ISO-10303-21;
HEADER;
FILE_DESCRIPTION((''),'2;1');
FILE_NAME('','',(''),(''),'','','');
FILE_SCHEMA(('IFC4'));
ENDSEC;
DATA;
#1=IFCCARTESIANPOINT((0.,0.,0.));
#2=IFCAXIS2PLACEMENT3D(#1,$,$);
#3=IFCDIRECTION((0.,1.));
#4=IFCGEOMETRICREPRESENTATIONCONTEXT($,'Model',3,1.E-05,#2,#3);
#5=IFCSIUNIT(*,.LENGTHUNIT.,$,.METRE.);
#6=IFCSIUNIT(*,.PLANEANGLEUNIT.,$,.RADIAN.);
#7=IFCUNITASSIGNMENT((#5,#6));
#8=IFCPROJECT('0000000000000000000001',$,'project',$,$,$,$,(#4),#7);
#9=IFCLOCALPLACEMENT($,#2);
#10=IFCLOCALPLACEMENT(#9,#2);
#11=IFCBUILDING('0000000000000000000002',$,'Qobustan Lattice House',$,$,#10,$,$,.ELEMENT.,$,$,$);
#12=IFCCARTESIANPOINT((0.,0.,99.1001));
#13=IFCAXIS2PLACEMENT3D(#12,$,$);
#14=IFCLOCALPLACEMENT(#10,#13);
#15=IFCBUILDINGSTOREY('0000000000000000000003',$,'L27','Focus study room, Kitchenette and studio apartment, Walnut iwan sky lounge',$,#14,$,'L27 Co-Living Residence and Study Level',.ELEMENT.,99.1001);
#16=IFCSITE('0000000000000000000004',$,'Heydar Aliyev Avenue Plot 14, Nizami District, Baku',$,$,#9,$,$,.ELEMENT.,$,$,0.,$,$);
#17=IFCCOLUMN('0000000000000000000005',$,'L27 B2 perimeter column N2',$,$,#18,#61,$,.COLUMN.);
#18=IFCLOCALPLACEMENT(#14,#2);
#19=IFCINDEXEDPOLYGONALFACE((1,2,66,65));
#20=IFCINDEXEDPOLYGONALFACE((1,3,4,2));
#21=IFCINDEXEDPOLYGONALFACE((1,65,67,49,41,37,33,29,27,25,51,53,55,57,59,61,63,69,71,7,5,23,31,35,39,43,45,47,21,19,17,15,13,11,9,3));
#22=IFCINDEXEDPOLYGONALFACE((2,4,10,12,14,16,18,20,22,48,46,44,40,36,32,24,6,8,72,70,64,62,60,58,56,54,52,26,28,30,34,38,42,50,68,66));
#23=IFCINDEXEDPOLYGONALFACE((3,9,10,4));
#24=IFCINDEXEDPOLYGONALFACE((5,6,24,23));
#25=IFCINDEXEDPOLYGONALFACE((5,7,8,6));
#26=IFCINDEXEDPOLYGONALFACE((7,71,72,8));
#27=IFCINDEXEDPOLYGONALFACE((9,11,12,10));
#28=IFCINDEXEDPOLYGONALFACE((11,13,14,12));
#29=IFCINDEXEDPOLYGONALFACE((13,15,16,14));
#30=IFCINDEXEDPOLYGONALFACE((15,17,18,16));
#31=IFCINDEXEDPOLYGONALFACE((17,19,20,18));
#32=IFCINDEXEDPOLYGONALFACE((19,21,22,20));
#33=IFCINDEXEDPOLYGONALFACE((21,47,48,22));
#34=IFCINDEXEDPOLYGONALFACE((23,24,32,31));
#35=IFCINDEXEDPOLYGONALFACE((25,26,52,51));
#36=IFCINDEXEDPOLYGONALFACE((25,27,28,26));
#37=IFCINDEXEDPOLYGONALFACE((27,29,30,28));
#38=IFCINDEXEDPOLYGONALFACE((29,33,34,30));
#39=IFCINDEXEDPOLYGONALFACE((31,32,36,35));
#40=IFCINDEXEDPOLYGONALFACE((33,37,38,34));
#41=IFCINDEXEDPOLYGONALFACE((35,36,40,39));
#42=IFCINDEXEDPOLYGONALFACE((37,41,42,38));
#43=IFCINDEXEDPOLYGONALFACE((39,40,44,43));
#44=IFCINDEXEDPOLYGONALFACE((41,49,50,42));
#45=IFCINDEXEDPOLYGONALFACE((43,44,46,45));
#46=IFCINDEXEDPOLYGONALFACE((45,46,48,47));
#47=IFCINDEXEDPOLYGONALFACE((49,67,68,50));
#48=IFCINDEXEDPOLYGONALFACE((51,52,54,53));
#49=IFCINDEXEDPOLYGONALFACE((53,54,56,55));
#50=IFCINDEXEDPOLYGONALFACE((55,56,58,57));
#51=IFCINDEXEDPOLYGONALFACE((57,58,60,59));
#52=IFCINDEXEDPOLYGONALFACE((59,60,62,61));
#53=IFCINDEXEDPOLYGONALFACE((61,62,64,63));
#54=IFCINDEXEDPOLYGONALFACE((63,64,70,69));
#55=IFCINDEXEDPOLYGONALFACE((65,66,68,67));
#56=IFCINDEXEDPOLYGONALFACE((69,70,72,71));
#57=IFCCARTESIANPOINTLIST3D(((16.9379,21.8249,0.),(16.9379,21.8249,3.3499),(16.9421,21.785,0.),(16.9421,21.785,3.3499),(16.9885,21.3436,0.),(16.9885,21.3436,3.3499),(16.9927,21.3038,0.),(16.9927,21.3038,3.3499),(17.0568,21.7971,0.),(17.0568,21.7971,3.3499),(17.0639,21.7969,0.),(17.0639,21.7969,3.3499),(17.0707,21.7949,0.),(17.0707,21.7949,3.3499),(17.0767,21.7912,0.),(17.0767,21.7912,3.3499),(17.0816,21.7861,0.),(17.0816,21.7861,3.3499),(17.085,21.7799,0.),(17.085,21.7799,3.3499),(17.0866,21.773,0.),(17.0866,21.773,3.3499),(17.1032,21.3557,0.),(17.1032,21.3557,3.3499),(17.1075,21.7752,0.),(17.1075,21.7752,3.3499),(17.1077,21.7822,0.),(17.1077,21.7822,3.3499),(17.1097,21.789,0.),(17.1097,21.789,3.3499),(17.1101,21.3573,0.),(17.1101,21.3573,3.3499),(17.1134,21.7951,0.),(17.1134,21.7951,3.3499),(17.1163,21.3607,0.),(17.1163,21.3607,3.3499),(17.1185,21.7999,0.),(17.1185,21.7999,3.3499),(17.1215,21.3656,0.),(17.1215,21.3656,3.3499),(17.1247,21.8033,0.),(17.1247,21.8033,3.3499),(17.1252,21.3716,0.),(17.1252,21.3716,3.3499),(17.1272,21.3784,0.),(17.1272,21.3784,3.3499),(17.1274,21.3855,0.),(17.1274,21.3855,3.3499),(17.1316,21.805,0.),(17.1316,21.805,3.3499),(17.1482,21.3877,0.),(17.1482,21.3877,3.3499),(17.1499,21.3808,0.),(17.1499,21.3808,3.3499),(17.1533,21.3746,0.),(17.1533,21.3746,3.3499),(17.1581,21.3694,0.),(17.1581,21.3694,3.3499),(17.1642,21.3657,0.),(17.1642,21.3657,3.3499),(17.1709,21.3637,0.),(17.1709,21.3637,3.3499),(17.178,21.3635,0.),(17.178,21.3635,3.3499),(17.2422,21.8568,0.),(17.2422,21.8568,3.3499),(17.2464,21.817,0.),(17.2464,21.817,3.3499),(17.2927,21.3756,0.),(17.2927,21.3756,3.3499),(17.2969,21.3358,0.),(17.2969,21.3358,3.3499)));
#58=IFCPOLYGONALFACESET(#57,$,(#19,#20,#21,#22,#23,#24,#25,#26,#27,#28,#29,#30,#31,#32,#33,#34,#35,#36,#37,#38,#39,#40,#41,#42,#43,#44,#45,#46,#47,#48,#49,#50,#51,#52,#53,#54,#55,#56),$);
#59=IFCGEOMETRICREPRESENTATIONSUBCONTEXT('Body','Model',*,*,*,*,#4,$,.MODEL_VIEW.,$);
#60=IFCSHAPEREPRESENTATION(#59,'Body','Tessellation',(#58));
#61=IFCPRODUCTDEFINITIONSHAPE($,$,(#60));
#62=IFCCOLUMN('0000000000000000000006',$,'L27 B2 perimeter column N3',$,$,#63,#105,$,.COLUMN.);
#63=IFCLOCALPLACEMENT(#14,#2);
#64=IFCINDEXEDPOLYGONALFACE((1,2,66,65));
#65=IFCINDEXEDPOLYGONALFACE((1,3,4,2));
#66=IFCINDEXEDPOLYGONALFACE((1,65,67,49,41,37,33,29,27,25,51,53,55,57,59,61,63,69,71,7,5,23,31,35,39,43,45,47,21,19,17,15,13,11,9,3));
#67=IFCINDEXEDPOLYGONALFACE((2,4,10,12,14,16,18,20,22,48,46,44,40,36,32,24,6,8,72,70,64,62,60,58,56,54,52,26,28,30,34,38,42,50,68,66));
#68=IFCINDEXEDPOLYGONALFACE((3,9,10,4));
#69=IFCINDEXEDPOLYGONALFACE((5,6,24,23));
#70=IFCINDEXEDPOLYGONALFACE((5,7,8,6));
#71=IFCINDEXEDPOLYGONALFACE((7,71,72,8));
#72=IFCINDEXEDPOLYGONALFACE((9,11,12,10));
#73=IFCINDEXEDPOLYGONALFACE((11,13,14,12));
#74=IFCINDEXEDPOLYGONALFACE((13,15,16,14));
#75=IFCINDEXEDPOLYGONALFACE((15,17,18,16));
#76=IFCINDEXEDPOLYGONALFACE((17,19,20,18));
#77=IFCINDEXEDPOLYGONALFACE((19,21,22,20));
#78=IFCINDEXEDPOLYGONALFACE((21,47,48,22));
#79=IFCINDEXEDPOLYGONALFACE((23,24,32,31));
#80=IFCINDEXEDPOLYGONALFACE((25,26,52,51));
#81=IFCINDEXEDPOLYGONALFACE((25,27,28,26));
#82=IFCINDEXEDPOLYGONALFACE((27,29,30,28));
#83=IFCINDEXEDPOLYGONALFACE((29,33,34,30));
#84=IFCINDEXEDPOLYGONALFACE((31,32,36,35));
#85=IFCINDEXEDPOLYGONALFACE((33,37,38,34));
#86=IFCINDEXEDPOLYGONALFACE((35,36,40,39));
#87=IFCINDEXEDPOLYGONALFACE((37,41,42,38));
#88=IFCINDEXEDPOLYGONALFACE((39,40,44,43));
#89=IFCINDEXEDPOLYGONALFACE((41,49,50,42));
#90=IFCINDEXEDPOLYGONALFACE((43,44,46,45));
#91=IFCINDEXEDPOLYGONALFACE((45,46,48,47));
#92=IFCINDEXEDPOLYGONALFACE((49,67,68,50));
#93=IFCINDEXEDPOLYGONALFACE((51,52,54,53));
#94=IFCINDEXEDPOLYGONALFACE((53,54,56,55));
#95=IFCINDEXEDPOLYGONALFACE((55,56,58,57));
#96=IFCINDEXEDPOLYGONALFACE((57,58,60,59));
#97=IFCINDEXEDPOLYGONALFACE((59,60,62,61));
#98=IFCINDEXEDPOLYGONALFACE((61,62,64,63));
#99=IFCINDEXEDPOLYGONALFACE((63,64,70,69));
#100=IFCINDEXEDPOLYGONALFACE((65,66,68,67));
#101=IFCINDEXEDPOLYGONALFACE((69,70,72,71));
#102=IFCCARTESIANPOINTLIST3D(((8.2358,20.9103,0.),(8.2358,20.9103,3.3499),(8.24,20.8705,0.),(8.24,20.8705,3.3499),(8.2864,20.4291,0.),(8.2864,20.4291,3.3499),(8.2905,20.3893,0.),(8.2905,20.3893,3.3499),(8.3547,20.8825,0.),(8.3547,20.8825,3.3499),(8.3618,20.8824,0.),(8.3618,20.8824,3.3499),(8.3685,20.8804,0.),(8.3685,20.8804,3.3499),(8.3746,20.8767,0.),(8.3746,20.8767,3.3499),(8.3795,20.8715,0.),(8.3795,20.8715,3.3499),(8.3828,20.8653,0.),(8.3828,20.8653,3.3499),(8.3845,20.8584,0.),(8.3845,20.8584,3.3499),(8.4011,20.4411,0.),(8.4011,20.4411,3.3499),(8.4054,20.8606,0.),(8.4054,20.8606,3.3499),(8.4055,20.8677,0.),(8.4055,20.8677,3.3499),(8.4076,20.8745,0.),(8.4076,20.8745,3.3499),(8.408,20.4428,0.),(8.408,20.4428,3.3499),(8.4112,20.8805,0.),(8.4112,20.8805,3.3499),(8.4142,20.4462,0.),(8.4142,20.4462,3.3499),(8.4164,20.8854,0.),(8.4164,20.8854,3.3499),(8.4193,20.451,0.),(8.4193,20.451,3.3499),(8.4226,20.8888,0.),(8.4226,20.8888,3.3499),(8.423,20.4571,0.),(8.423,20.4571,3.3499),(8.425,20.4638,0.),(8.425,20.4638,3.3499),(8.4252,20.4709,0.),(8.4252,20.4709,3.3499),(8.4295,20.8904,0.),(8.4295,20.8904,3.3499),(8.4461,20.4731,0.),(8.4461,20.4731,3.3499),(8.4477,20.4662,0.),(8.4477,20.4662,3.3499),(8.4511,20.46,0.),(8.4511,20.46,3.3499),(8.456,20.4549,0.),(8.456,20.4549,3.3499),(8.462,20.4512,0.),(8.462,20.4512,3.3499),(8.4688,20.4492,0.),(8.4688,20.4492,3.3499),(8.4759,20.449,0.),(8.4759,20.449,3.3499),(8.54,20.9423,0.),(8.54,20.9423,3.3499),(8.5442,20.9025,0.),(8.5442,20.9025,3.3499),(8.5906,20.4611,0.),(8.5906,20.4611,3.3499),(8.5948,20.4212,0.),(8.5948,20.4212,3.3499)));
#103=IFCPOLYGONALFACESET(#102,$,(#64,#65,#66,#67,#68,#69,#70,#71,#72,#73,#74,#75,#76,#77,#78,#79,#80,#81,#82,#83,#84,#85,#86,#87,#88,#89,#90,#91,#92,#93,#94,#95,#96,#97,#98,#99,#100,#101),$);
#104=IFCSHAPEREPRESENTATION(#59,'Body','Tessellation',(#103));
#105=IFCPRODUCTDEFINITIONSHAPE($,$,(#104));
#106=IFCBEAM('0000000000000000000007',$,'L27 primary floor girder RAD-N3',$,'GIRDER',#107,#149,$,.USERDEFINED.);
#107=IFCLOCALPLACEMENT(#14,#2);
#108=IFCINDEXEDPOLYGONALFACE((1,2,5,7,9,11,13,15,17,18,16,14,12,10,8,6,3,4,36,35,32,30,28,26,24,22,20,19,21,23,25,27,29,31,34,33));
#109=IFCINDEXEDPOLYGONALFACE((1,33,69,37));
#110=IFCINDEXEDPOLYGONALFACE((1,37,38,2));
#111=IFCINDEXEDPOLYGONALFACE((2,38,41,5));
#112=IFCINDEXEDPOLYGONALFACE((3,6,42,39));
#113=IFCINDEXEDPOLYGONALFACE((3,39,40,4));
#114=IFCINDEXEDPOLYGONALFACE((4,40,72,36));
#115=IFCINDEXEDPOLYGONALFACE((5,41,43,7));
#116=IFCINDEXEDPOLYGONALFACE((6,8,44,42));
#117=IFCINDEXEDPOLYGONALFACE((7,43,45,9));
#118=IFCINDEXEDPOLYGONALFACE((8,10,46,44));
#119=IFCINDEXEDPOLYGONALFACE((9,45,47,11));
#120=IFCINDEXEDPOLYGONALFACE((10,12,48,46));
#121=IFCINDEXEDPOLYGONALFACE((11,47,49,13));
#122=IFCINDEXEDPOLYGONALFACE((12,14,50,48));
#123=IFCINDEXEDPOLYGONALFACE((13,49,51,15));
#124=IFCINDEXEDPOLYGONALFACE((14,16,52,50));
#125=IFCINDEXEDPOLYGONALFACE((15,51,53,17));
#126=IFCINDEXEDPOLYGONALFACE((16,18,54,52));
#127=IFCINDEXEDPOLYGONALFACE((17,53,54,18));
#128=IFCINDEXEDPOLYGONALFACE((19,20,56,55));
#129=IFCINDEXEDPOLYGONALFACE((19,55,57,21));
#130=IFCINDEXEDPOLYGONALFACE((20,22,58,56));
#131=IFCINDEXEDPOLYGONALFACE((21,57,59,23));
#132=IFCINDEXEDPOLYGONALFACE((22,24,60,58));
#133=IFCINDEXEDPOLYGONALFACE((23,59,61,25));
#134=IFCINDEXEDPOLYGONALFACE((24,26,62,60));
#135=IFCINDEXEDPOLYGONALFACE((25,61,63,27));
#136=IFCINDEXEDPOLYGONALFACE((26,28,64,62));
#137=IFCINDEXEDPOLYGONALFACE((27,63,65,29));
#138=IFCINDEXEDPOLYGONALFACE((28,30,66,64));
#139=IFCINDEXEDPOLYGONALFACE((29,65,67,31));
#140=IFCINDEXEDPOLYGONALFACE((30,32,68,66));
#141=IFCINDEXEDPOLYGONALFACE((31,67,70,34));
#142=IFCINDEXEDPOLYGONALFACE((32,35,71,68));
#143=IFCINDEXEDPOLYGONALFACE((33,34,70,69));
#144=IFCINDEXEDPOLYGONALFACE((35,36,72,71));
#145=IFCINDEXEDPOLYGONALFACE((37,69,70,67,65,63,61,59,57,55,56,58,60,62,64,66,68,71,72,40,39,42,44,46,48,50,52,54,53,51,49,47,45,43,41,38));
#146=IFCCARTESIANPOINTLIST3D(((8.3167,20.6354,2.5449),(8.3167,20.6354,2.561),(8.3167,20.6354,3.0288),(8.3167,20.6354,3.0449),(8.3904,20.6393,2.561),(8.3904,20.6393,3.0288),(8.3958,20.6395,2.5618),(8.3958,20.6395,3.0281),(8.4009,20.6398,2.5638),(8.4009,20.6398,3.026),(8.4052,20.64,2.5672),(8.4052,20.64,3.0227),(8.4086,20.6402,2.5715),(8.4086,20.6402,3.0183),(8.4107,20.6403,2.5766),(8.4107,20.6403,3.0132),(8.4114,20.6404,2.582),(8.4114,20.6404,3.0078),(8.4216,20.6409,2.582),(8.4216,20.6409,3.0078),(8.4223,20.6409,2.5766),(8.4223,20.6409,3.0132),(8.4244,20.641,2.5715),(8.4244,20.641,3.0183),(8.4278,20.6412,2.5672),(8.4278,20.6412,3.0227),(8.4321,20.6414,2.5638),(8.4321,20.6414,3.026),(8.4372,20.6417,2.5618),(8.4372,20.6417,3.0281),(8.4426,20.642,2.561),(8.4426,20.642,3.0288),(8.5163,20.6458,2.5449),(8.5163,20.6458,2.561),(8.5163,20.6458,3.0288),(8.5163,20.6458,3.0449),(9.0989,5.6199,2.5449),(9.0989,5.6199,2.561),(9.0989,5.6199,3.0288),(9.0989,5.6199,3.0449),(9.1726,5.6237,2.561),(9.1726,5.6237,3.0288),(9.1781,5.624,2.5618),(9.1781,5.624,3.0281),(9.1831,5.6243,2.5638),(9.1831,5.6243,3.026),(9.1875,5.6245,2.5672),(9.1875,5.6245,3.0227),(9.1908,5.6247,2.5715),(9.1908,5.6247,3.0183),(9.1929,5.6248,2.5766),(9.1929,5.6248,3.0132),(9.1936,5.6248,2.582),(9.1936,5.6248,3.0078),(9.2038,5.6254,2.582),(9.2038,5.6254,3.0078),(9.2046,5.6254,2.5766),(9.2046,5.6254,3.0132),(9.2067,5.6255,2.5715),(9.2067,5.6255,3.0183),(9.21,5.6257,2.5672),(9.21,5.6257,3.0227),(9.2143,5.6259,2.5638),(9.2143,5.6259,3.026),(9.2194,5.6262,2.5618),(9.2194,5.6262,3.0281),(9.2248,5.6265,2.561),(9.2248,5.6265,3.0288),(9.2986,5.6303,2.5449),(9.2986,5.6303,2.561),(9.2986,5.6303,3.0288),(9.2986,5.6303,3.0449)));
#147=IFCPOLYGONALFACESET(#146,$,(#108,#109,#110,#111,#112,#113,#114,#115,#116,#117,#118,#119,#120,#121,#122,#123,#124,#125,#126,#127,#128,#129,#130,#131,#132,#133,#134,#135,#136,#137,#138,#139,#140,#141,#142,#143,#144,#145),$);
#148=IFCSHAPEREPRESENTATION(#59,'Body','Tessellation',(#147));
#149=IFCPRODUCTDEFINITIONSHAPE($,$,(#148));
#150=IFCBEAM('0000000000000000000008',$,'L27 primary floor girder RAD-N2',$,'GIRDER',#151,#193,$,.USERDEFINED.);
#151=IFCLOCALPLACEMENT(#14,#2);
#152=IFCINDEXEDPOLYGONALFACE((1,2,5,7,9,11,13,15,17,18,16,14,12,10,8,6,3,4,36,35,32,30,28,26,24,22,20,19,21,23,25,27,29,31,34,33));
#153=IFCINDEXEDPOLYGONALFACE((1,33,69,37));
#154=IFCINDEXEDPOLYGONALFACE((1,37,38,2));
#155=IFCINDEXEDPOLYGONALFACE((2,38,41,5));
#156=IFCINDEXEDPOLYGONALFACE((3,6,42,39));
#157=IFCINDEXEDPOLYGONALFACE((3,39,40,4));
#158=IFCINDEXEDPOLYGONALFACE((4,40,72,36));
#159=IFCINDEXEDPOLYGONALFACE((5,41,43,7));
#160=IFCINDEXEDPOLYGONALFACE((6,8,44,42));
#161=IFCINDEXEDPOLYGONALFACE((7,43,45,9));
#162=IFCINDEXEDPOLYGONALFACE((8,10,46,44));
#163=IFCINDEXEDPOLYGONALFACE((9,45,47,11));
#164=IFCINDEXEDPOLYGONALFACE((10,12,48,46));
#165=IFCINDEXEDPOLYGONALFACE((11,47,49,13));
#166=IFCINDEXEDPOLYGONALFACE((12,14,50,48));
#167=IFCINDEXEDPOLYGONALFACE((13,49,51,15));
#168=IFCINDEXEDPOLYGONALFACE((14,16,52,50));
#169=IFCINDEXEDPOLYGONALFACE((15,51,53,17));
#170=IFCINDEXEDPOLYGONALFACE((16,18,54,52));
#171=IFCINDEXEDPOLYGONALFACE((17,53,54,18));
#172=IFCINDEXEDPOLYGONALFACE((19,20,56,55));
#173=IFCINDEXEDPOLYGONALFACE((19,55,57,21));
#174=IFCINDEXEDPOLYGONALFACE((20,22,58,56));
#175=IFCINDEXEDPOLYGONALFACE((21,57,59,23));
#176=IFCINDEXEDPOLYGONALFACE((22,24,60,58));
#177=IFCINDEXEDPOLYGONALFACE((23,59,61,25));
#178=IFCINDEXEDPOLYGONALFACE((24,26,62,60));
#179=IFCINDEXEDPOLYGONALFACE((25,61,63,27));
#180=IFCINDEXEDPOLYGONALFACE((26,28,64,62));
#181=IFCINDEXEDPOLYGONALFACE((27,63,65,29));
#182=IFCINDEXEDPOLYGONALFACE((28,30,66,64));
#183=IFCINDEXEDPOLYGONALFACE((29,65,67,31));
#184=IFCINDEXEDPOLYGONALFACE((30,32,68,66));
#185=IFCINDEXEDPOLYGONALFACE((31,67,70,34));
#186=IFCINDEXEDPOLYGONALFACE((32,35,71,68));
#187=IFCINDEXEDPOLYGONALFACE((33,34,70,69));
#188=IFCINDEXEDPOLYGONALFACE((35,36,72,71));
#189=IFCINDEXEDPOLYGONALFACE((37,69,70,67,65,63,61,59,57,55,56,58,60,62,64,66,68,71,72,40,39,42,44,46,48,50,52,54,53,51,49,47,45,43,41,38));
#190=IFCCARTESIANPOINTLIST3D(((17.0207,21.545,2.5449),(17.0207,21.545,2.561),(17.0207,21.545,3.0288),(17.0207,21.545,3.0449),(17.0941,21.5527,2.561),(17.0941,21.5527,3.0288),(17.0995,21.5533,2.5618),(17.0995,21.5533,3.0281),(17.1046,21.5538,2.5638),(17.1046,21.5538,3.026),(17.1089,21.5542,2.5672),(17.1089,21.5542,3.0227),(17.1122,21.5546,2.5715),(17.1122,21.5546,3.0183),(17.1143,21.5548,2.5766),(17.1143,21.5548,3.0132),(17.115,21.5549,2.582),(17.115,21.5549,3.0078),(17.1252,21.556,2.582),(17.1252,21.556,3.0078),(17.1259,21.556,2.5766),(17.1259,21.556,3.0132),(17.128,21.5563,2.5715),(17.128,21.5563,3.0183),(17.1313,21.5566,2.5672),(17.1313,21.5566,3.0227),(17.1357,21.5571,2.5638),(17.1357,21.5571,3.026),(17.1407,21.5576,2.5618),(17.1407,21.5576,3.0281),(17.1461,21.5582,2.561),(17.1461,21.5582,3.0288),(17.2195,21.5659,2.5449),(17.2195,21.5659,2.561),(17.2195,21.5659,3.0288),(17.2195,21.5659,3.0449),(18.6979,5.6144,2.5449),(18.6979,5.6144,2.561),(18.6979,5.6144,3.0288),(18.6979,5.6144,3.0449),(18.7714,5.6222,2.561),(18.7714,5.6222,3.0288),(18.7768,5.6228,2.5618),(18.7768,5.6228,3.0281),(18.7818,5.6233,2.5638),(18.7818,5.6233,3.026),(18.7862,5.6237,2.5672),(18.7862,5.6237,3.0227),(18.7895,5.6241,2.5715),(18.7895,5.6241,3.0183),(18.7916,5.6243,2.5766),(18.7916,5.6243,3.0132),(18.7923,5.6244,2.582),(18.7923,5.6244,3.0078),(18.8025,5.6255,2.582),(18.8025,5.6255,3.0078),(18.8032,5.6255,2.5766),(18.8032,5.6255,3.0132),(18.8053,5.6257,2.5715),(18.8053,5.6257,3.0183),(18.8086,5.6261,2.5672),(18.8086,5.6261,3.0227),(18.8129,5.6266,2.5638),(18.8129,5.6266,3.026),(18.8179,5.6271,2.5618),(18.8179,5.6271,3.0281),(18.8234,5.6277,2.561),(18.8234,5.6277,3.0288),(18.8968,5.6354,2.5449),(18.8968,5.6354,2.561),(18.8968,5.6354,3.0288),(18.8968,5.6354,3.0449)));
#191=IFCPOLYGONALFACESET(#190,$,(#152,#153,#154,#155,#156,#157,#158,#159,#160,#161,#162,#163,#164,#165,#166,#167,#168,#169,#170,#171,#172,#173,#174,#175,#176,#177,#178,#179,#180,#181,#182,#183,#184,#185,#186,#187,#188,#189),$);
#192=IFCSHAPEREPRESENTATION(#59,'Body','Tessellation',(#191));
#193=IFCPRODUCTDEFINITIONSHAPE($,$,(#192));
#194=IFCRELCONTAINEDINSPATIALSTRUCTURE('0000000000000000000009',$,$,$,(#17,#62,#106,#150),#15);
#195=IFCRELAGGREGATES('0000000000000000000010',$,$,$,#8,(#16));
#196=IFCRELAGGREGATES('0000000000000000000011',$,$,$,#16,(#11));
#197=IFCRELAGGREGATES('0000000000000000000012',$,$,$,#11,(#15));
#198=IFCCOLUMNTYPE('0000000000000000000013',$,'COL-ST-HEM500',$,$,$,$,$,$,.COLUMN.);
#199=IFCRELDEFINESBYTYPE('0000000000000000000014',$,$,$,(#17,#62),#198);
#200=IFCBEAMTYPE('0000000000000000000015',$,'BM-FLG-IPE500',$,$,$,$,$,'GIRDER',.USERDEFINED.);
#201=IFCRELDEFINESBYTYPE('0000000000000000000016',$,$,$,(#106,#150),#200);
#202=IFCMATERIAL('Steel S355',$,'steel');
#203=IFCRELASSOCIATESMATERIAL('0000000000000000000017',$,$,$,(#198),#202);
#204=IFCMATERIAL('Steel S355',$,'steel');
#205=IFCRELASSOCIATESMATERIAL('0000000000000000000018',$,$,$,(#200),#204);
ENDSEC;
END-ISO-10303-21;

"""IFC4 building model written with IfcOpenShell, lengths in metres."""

from ifc_helpers import new_model, si_unit, direction, frame, origin, origin_2d, place, context, subcontext, project, spatial, i_section, extrude, material, material_profile, profile_set, type_object, element, save


model = new_model("IFC4")

# Units and contexts
model_context = context("Model", 3, precision=1e-05, world=origin(), true_north=direction((0.0, 1.0)))
body_context = subcontext(model_context, "Body", "Model", "MODEL_VIEW")
ifc_project = project(units=[si_unit("LENGTHUNIT", "METRE"), si_unit("PLANEANGLEUNIT", "RADIAN")], contexts=[model_context])

# Site, building, storey
site_placement = place(None, origin())
site = spatial("IfcSite", under=ifc_project, at=site_placement, Name="Heydar Aliyev Avenue Plot 14, Nizami District, Baku", CompositionType="ELEMENT", RefElevation=0.0)
building_placement = place(site_placement, origin())
building = spatial("IfcBuilding", under=site, at=building_placement, Name="Qobustan Lattice House", CompositionType="ELEMENT")
storey_placement = place(building_placement, frame((0.0, 0.0, 99.1001)))
storey = spatial("IfcBuildingStorey", under=building, at=storey_placement, Name="L27", Description="Focus study room, Kitchenette and studio apartment, Walnut iwan sky lounge", LongName="L27 Co-Living Residence and Study Level", CompositionType="ELEMENT", Elevation=99.1001)

# Columns
ifc_material_1 = material(Name="Steel S355", Category="steel")
ifc_material_profile_1 = material_profile(ifc_material_1, i_section(OverallWidth=0.3059, OverallDepth=0.5239, WebThickness=0.021, FlangeThickness=0.04, FilletRadius=0.0271, at=origin_2d()), Name="HEM500")
ifc_profile_set_1 = profile_set([ifc_material_profile_1], Name="Steel S355")
column_type = type_object("IfcColumnType", Name="COL-ST-HEM500", PredefinedType="COLUMN", material=ifc_profile_set_1)
for number, where, z_axis, x_axis, name in (
    (1, (17.1174, 21.5803, 0.0), (0.0, 0.0, 1.0), (0.994522, 0.104528, 0.0), "L27 B2 perimeter column N2"),
    (2, (8.4153, 20.6658, 0.0), (0.0, 0.0, 1.0), (0.994522, 0.104528, 0.0), "L27 B2 perimeter column N3"),
):
    element("IfcColumn", number, at=place(storey_placement, frame(where, z_axis=z_axis, x_axis=x_axis)), inside=storey, type_object=column_type, Name=name, PredefinedType="COLUMN", context=body_context, shape_type="SweptSolid", body=[
        extrude(i_section(OverallWidth=0.3059, OverallDepth=0.5239, WebThickness=0.021, FlangeThickness=0.04, FilletRadius=0.0271, at=origin_2d()), origin(), (0.0, 0.0, 1.0), 3.3499),
    ])

# Beams
ifc_material_2 = material(Name="Steel S355", Category="steel")
ifc_material_profile_2 = material_profile(ifc_material_2, i_section(OverallWidth=0.2, OverallDepth=0.5, WebThickness=0.0103, FlangeThickness=0.0161, FilletRadius=0.021, at=origin_2d()), Name="IPE500")
ifc_profile_set_2 = profile_set([ifc_material_profile_2], Name="Steel S355")
beam_type_1 = type_object("IfcBeamType", Name="BM-FLG-IPE500", ElementType="GIRDER", PredefinedType="USERDEFINED", material=ifc_profile_set_2)
beam_1_placement = place(storey_placement, frame((8.4165, 20.6406, 2.7949), z_axis=(0.052024, -0.998646, 0.0), x_axis=(0.998646, 0.052024, 0.0)))
element("IfcBeam", 3, at=beam_1_placement, inside=storey, type_object=beam_type_1, Name="L27 primary floor girder RAD-N3", ObjectType="GIRDER", PredefinedType="USERDEFINED", context=body_context, shape_type="SweptSolid", body=[
    extrude(i_section(OverallWidth=0.2, OverallDepth=0.5, WebThickness=0.0103, FlangeThickness=0.0161, FilletRadius=0.021, at=origin_2d()), origin(), (0.0, 0.0, 1.0), 15.0359),
])
beam_2_placement = place(storey_placement, frame((17.1201, 21.5554, 2.7949), z_axis=(0.104707, -0.994503, 0.0), x_axis=(0.994503, 0.104707, 0.0)))
element("IfcBeam", 4, at=beam_2_placement, inside=storey, type_object=beam_type_1, Name="L27 primary floor girder RAD-N2", ObjectType="GIRDER", PredefinedType="USERDEFINED", context=body_context, shape_type="SweptSolid", body=[
    extrude(i_section(OverallWidth=0.2, OverallDepth=0.5, WebThickness=0.0103, FlangeThickness=0.0161, FilletRadius=0.021, at=origin_2d()), origin(), (0.0, 0.0, 1.0), 16.0186),
])

save(model, "model.ifc")
